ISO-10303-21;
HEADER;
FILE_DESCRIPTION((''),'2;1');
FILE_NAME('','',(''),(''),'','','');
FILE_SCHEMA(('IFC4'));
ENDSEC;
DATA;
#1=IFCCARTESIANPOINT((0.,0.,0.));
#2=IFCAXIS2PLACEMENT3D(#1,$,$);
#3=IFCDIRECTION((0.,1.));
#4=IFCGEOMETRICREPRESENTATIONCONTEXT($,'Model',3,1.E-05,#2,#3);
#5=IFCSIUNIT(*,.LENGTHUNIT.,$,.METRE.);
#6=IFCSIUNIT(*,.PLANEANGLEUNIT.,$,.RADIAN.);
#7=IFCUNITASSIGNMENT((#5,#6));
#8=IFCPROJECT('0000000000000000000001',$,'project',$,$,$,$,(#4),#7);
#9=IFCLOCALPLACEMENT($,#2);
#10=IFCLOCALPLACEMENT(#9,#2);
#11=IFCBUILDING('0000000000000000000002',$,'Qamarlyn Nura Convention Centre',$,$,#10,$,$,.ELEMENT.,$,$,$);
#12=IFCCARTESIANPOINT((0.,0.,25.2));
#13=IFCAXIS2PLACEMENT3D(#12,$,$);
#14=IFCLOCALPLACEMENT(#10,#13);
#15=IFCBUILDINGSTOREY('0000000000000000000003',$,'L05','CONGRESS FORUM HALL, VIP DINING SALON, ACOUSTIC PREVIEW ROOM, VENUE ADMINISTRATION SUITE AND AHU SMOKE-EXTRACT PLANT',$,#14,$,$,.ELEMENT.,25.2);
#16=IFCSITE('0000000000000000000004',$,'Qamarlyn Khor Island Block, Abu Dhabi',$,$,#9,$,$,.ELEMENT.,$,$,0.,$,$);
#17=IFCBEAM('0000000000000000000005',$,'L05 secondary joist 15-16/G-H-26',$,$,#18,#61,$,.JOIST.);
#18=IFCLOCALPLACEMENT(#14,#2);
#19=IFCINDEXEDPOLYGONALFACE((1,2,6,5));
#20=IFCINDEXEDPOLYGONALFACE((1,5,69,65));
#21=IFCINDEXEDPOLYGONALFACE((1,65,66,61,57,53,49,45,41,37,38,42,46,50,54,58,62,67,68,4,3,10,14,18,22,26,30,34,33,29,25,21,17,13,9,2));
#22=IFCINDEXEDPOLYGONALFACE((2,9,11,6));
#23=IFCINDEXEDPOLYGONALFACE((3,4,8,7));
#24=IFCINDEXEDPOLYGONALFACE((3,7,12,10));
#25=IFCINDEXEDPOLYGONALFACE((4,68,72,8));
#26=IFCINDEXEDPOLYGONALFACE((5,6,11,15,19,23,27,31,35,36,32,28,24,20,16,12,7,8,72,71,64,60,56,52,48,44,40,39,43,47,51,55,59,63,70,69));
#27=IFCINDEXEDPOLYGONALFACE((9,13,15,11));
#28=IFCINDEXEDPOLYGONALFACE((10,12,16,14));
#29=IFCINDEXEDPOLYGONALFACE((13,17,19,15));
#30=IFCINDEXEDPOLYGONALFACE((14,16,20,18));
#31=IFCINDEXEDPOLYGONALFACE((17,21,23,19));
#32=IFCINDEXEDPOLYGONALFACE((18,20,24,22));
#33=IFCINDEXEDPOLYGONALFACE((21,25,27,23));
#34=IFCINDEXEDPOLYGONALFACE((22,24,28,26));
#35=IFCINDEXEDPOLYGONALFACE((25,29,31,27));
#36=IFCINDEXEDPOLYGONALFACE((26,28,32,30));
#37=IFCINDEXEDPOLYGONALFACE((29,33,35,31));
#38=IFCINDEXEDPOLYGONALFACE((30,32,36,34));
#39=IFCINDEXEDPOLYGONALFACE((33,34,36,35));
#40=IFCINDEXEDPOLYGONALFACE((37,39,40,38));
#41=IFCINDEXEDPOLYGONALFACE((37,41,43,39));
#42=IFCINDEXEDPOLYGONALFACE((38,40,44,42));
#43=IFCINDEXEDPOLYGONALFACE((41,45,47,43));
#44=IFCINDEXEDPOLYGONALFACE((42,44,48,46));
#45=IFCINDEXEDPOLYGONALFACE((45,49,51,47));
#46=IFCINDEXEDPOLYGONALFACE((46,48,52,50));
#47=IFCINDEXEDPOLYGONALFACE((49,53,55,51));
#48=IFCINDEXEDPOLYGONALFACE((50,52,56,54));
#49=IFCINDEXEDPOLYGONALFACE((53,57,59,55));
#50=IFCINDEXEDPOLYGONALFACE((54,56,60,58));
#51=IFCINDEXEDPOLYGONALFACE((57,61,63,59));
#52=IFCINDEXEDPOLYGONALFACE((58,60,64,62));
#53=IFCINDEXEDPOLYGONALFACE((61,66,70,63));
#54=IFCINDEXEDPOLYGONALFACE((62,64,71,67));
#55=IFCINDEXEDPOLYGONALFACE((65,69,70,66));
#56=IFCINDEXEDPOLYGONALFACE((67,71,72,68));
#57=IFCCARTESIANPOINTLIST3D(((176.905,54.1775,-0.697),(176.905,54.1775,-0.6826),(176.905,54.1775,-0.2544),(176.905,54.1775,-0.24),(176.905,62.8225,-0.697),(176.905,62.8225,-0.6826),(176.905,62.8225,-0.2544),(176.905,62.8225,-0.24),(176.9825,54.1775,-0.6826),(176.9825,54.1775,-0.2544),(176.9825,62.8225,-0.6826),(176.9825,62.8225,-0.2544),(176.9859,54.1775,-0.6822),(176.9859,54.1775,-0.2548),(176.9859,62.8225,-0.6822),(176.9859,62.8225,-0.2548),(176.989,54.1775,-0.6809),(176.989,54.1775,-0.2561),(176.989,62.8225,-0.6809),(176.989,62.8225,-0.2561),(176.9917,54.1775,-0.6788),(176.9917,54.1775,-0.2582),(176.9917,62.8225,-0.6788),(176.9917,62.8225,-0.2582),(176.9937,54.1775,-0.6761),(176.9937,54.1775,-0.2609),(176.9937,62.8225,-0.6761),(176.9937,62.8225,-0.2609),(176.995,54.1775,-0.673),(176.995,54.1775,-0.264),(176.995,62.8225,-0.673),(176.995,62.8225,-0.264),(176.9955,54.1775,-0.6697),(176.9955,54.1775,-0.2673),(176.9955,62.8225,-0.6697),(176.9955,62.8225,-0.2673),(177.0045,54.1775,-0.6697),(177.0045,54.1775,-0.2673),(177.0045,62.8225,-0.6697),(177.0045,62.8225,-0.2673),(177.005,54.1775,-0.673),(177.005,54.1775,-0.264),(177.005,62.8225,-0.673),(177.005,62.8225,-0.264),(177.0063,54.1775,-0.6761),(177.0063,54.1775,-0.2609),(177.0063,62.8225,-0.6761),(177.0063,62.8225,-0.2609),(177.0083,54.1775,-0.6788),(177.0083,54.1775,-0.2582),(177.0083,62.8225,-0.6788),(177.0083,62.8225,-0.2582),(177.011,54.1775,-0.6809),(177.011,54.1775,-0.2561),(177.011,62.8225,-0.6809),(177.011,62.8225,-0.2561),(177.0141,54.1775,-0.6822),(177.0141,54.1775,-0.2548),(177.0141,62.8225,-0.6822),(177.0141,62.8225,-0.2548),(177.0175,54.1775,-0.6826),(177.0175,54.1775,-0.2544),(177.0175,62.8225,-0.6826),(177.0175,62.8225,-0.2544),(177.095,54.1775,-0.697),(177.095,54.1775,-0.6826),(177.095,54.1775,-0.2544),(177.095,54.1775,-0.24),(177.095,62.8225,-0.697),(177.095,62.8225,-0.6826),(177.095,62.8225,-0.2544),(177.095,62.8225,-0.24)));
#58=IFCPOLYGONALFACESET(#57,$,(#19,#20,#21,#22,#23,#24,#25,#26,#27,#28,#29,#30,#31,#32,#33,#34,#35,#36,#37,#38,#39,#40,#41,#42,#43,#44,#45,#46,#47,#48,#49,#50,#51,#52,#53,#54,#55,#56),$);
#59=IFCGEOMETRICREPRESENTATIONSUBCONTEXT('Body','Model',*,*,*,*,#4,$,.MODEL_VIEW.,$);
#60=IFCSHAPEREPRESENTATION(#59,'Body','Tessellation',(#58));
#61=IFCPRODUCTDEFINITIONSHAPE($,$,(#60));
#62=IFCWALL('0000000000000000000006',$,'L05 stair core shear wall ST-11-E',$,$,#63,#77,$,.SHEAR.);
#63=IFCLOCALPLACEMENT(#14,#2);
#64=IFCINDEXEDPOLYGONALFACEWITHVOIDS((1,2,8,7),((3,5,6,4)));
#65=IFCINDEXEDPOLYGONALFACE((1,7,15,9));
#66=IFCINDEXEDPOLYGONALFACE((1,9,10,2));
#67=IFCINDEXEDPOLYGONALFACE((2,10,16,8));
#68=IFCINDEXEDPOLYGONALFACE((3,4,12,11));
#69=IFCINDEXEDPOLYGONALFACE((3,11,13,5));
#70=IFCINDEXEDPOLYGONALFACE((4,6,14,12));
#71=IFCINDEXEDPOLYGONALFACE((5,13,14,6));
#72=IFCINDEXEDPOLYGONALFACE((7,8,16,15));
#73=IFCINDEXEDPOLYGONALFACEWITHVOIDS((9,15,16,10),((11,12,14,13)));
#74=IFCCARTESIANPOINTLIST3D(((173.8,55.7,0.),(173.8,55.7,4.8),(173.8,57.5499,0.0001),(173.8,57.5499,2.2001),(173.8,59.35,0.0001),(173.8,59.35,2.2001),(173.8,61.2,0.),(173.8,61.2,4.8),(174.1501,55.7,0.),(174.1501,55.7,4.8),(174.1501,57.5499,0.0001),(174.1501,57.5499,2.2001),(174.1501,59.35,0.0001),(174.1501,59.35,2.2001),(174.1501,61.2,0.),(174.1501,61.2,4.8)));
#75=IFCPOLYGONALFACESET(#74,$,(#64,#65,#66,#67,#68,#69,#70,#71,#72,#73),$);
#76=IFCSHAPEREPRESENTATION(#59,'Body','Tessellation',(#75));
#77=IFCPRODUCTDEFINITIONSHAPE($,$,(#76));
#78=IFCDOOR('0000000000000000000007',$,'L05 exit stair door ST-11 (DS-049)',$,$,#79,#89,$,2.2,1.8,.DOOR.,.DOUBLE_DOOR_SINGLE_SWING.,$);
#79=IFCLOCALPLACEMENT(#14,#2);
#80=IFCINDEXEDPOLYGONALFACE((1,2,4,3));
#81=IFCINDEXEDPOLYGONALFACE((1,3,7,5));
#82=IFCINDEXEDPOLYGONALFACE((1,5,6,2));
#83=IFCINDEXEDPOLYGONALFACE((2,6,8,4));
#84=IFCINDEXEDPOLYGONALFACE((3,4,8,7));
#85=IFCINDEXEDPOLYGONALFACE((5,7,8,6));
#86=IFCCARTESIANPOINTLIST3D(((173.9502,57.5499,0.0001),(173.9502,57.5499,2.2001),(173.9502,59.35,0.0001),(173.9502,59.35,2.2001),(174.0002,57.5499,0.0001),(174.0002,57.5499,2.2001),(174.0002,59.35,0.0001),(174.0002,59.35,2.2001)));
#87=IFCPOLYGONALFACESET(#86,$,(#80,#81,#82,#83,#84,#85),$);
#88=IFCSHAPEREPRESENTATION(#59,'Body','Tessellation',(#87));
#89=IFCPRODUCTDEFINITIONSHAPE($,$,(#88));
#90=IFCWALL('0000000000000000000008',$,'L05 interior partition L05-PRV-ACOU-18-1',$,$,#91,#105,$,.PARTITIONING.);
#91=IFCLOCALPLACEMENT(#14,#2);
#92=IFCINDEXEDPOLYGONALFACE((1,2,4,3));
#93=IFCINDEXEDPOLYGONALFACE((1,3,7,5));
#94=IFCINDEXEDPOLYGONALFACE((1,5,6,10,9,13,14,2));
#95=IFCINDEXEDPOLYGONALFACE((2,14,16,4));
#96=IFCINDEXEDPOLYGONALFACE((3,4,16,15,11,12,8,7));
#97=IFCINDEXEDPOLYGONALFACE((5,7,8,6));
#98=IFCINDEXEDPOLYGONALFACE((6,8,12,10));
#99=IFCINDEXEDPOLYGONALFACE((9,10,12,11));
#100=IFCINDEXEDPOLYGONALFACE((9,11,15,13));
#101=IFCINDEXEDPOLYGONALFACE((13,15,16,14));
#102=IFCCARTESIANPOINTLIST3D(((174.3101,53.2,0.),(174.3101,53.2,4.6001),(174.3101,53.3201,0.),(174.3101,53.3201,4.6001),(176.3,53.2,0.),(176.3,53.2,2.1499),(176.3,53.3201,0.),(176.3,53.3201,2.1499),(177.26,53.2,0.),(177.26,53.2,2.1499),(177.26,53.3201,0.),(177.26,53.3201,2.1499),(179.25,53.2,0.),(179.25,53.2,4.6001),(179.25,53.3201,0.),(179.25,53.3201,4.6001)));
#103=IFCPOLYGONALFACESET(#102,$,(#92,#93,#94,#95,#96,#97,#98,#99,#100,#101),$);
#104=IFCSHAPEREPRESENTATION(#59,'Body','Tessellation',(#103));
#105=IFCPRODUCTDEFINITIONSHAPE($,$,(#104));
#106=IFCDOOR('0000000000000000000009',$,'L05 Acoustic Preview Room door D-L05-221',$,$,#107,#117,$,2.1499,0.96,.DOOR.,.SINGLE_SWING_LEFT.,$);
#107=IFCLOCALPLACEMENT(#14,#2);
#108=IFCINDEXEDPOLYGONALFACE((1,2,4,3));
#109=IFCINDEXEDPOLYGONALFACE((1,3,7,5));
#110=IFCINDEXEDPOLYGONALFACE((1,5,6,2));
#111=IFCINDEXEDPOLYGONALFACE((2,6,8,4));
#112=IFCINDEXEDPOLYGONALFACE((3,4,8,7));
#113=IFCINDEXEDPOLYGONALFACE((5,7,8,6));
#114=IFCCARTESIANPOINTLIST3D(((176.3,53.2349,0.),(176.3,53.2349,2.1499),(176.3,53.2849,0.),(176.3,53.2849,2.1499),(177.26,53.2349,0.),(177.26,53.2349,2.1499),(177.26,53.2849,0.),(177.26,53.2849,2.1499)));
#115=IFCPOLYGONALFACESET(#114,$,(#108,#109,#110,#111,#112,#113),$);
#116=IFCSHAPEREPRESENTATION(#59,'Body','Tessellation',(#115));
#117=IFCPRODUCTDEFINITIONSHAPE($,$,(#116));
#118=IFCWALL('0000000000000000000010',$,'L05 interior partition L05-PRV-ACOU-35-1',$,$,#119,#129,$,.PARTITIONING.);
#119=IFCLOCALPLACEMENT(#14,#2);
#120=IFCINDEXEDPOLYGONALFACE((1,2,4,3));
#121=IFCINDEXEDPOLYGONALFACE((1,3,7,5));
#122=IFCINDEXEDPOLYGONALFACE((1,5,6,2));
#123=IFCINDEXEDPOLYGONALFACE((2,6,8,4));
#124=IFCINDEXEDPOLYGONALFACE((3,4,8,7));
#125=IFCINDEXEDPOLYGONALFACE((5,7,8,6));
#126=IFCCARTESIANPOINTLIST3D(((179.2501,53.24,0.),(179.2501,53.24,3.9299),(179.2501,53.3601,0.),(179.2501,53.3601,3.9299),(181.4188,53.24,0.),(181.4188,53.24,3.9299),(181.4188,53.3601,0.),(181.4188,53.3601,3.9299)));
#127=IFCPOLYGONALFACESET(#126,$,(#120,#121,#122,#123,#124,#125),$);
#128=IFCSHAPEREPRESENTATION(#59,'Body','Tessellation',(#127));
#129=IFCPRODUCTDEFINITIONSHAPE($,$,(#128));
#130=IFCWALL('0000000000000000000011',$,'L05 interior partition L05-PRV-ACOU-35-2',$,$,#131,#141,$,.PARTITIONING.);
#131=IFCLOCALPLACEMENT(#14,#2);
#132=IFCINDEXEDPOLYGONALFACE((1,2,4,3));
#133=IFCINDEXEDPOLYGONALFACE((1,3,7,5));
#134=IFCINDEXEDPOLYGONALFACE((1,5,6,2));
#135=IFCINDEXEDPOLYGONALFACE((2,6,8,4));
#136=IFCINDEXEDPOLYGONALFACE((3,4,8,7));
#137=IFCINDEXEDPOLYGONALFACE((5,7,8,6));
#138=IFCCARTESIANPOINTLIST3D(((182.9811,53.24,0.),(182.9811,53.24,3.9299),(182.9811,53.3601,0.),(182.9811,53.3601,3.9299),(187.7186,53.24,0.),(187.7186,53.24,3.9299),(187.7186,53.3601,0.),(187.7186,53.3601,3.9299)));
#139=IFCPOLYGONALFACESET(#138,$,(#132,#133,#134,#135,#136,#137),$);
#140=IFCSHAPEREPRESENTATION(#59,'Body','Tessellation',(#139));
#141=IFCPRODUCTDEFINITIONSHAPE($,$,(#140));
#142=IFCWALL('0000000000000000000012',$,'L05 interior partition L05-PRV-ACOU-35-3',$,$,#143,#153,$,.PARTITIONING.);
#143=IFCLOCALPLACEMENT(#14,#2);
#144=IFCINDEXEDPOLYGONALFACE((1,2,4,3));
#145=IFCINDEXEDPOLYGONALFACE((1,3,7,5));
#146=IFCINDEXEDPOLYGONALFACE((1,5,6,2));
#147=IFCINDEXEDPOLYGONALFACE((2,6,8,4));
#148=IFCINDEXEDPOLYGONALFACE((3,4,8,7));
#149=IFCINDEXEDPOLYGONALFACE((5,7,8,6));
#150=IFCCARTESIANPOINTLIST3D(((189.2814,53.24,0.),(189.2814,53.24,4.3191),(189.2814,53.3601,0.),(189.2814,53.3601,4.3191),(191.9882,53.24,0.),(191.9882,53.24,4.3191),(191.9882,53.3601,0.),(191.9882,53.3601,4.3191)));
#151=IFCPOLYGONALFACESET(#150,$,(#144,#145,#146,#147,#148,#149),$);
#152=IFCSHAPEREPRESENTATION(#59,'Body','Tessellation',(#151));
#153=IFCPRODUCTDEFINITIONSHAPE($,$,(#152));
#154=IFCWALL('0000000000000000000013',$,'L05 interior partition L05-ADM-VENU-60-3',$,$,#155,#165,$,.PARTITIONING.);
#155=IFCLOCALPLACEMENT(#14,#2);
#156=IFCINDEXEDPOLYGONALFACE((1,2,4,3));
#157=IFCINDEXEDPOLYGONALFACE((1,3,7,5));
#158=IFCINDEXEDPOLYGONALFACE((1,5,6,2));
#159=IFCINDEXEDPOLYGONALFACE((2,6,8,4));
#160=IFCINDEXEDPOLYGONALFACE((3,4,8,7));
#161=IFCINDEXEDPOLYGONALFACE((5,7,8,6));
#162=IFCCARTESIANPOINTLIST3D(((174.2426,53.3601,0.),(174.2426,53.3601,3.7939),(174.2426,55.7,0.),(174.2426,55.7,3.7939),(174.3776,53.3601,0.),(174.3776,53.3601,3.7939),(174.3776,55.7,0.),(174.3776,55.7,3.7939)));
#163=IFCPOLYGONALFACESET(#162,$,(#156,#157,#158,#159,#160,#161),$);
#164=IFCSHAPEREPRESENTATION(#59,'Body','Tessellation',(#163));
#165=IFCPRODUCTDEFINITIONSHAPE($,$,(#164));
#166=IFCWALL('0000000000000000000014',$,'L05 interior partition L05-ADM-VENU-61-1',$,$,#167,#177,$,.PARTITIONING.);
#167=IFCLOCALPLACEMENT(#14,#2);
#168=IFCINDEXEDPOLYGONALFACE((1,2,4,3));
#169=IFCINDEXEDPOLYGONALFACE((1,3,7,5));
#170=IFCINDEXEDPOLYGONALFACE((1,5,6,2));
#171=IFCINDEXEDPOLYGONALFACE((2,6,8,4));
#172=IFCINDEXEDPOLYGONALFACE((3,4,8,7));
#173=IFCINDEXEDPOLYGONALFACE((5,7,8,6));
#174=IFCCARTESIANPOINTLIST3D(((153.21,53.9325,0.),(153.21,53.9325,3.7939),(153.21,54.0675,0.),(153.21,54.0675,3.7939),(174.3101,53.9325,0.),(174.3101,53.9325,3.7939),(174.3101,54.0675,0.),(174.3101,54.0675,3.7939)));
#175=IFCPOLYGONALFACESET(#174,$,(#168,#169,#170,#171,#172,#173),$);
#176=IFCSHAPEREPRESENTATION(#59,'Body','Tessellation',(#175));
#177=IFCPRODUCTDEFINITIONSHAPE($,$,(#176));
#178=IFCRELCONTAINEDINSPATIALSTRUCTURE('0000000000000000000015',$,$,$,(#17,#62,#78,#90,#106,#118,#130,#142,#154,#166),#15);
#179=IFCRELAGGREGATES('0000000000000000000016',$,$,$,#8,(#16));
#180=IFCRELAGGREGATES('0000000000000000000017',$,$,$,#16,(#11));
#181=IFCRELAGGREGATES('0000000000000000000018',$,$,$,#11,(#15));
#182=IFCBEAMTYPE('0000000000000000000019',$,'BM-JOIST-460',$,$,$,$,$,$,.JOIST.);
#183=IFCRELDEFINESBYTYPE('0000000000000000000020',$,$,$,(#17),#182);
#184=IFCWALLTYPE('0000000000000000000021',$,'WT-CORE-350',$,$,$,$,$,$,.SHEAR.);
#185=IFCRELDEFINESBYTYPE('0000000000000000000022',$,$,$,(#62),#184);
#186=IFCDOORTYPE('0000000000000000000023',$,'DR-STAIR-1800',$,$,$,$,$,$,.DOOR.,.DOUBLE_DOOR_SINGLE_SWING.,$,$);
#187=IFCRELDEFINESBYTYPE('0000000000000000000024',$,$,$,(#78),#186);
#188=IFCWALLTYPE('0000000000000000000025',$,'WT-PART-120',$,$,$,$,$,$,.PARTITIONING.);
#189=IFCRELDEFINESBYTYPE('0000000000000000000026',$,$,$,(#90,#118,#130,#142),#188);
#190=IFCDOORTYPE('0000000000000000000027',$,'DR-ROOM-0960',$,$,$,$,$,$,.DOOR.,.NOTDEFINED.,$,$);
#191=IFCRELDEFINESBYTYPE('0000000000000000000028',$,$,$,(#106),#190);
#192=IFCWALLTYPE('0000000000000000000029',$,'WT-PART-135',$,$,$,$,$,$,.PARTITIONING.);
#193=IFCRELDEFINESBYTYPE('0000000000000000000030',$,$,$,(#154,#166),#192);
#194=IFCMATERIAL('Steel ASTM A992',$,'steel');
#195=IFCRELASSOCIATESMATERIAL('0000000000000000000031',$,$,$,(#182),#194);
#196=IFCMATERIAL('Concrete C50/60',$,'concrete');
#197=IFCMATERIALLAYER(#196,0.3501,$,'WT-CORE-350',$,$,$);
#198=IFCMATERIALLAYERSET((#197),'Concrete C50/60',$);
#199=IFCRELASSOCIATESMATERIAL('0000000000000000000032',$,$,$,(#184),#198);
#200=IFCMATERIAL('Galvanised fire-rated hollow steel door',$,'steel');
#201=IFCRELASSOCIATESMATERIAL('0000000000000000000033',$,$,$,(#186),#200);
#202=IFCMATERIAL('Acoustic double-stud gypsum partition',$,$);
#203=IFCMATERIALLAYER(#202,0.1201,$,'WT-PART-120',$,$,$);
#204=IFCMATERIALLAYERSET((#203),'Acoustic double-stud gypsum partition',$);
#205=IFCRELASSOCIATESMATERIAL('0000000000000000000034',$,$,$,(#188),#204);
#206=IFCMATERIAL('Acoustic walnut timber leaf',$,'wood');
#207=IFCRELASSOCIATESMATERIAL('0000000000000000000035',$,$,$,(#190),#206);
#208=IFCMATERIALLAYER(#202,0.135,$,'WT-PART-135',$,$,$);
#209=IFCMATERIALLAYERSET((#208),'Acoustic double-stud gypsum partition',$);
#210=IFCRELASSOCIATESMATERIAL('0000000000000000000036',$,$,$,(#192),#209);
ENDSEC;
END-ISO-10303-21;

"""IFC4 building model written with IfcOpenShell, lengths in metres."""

from ifc_helpers import new_model, si_unit, direction, frame, frame_2d, origin, origin_2d, place, context, subcontext, project, spatial, rectangle, i_section, extrude, material, layer, layer_set, material_profile, profile_set, type_object, element, fill, save


model = new_model("IFC4")

# Units and contexts
model_context = context("Model", 3, precision=1e-05, world=origin(), true_north=direction((0.0, 1.0)))
body_context = subcontext(model_context, "Body", "Model", "MODEL_VIEW")
ifc_project = project(units=[si_unit("LENGTHUNIT", "METRE"), si_unit("PLANEANGLEUNIT", "RADIAN")], contexts=[model_context])

# Site, building, storey
site_placement = place(None, origin())
site = spatial("IfcSite", under=ifc_project, at=site_placement, Name="Qamarlyn Khor Island Block, Abu Dhabi", CompositionType="ELEMENT", RefElevation=0.0)
building_placement = place(site_placement, origin())
building = spatial("IfcBuilding", under=site, at=building_placement, Name="Qamarlyn Nura Convention Centre", CompositionType="ELEMENT")
storey_placement = place(building_placement, frame((0.0, 0.0, 25.2)))
storey = spatial("IfcBuildingStorey", under=building, at=storey_placement, Name="L05", Description="CONGRESS FORUM HALL, VIP DINING SALON, ACOUSTIC PREVIEW ROOM, VENUE ADMINISTRATION SUITE AND AHU SMOKE-EXTRACT PLANT", CompositionType="ELEMENT", Elevation=25.2)

# Shared definitions
ifc_material_1 = material(Name="Steel ASTM A992", Category="steel")

# Beam
ifc_material_profile_1 = material_profile(ifc_material_1, i_section(OverallWidth=0.1899, OverallDepth=0.457, WebThickness=0.009, FlangeThickness=0.0144, FilletRadius=0.0129, at=origin_2d()), Name="W460X74")
ifc_profile_set_1 = profile_set([ifc_material_profile_1], Name="Steel ASTM A992")
beam_type_1 = type_object("IfcBeamType", Name="BM-JOIST-460", PredefinedType="JOIST", material=ifc_profile_set_1)
for number, where, z_axis, x_axis, name in (
    (1, (177.0, 54.1775, -0.4685), (0.0, 1.0, 0.0), (-1.0, 0.0, 0.0), "L05 secondary joist 15-16/G-H-26"),
):
    element("IfcBeam", number, at=place(storey_placement, frame(where, z_axis=z_axis, x_axis=x_axis)), inside=storey, type_object=beam_type_1, Name=name, PredefinedType="JOIST", context=body_context, shape_type="SweptSolid", body=[
        extrude(i_section(OverallWidth=0.1899, OverallDepth=0.457, WebThickness=0.009, FlangeThickness=0.0144, FilletRadius=0.0129, at=origin_2d()), origin(), (0.0, 0.0, 1.0), 8.645),
    ])

# Walls, openings, doors
ifc_material_2 = material(Name="Concrete C50/60", Category="concrete")
ifc_layer_1 = layer(ifc_material_2, 0.3501, Name="WT-CORE-350")
ifc_layer_set_1 = layer_set([ifc_layer_1], Name="Concrete C50/60")
wall_type_1 = type_object("IfcWallType", Name="WT-CORE-350", PredefinedType="SHEAR", material=ifc_layer_set_1)
wall_1_placement = place(storey_placement, frame((173.9751, 55.7, 0.0), z_axis=(0.0, 0.0, 1.0), x_axis=(0.0, 1.0, 0.0)))
wall_1 = element("IfcWall", 2, at=wall_1_placement, inside=storey, type_object=wall_type_1, Name="L05 stair core shear wall ST-11-E", PredefinedType="SHEAR", context=body_context, shape_type="SweptSolid", body=[
    extrude(rectangle(XDim=5.5, YDim=0.3501, at=frame_2d((2.75, 0.0))), origin(), (0.0, 0.0, 1.0), 4.8),
])
opening_1_placement = place(wall_1_placement, frame((1.8501, 0.0, 0.0)))
opening_1 = element("IfcOpeningElement", 3, at=opening_1_placement, cuts=wall_1, PredefinedType="OPENING", context=body_context, shape_type="SweptSolid", body=[
    extrude(rectangle(XDim=1.8, YDim=2.2, at=frame_2d((0.8999, 1.1001))), frame((0.0, 0.1851, 0.0), z_axis=(0.0, -1.0, 0.0), x_axis=(1.0, 0.0, 0.0)), (0.0, 0.0, 1.0), 0.3701),
])
ifc_material_3 = material(Name="Galvanised fire-rated hollow steel door", Category="steel")
door_type_1 = type_object("IfcDoorType", Name="DR-STAIR-1800", OperationType="DOUBLE_DOOR_SINGLE_SWING", PredefinedType="DOOR", material=ifc_material_3)
door_1_placement = place(opening_1_placement, origin())
door_1 = element("IfcDoor", 4, at=door_1_placement, inside=storey, type_object=door_type_1, Name="L05 exit stair door ST-11 (DS-049)", OperationType="DOUBLE_DOOR_SINGLE_SWING", OverallHeight=2.2, OverallWidth=1.8, PredefinedType="DOOR", context=body_context, shape_type="SweptSolid", body=[
    extrude(rectangle(XDim=1.8, YDim=2.2, at=frame_2d((0.8999, 1.1001))), frame((0.0, 0.0249, 0.0), z_axis=(0.0, -1.0, 0.0), x_axis=(1.0, 0.0, 0.0)), (0.0, 0.0, 1.0), 0.05),
])
fill(opening_1, door_1)
ifc_material_4 = material(Name="Acoustic double-stud gypsum partition")
ifc_layer_2 = layer(ifc_material_4, 0.1201, Name="WT-PART-120")
ifc_layer_set_2 = layer_set([ifc_layer_2], Name="Acoustic double-stud gypsum partition")
wall_type_2 = type_object("IfcWallType", Name="WT-PART-120", PredefinedType="PARTITIONING", material=ifc_layer_set_2)
wall_2_placement = place(storey_placement, frame((174.3101, 53.26, 0.0), z_axis=(0.0, 0.0, 1.0), x_axis=(1.0, 0.0, 0.0)))
wall_2 = element("IfcWall", 5, at=wall_2_placement, inside=storey, type_object=wall_type_2, Name="L05 interior partition L05-PRV-ACOU-18-1", PredefinedType="PARTITIONING", context=body_context, shape_type="SweptSolid", body=[
    extrude(rectangle(XDim=4.9399, YDim=0.1201, at=frame_2d((2.47, 0.0))), origin(), (0.0, 0.0, 1.0), 4.6001),
])
opening_2_placement = place(wall_2_placement, frame((1.99, 0.0, 0.0)))
opening_2 = element("IfcOpeningElement", 6, at=opening_2_placement, cuts=wall_2, PredefinedType="OPENING", context=body_context, shape_type="SweptSolid", body=[
    extrude(rectangle(XDim=0.96, YDim=2.1499, at=frame_2d((0.48, 1.075))), frame((0.0, 0.0701, 0.0), z_axis=(0.0, -1.0, 0.0), x_axis=(1.0, 0.0, 0.0)), (0.0, 0.0, 1.0), 0.1401),
])
ifc_material_5 = material(Name="Acoustic walnut timber leaf", Category="wood")
door_type_2 = type_object("IfcDoorType", Name="DR-ROOM-0960", OperationType="NOTDEFINED", PredefinedType="DOOR", material=ifc_material_5)
door_2_placement = place(opening_2_placement, origin())
door_2 = element("IfcDoor", 7, at=door_2_placement, inside=storey, type_object=door_type_2, Name="L05 Acoustic Preview Room door D-L05-221", OperationType="SINGLE_SWING_LEFT", OverallHeight=2.1499, OverallWidth=0.96, PredefinedType="DOOR", context=body_context, shape_type="SweptSolid", body=[
    extrude(rectangle(XDim=0.96, YDim=2.1499, at=frame_2d((0.48, 1.075))), frame((0.0, 0.0249, 0.0), z_axis=(0.0, -1.0, 0.0), x_axis=(1.0, 0.0, 0.0)), (0.0, 0.0, 1.0), 0.05),
])
fill(opening_2, door_2)

# Walls
wall_3_placement = place(storey_placement, frame((179.25, 53.3, 0.0), z_axis=(0.0, 0.0, 1.0), x_axis=(1.0, 0.0, 0.0)))
element("IfcWall", 8, at=wall_3_placement, inside=storey, type_object=wall_type_2, Name="L05 interior partition L05-PRV-ACOU-35-1", PredefinedType="PARTITIONING", context=body_context, shape_type="SweptSolid", body=[
    extrude(rectangle(XDim=2.1687, YDim=0.1201, at=frame_2d((1.0845, 0.0))), origin(), (0.0, 0.0, 1.0), 3.9299),
])
wall_4_placement = place(storey_placement, frame((182.9812, 53.3, 0.0), z_axis=(0.0, 0.0, 1.0), x_axis=(1.0, 0.0, 0.0)))
element("IfcWall", 9, at=wall_4_placement, inside=storey, type_object=wall_type_2, Name="L05 interior partition L05-PRV-ACOU-35-2", PredefinedType="PARTITIONING", context=body_context, shape_type="SweptSolid", body=[
    extrude(rectangle(XDim=4.7375, YDim=0.1201, at=frame_2d((2.3687, 0.0))), origin(), (0.0, 0.0, 1.0), 3.9299),
])
wall_5_placement = place(storey_placement, frame((189.2812, 53.3, 0.0), z_axis=(0.0, 0.0, 1.0), x_axis=(1.0, 0.0, 0.0)))
element("IfcWall", 10, at=wall_5_placement, inside=storey, type_object=wall_type_2, Name="L05 interior partition L05-PRV-ACOU-35-3", PredefinedType="PARTITIONING", context=body_context, shape_type="SweptSolid", body=[
    extrude(rectangle(XDim=2.7068, YDim=0.1201, at=frame_2d((1.3535, 0.0))), origin(), (0.0, 0.0, 1.0), 4.3191),
])
ifc_layer_3 = layer(ifc_material_4, 0.135, Name="WT-PART-135")
ifc_layer_set_3 = layer_set([ifc_layer_3], Name="Acoustic double-stud gypsum partition")
wall_type_3 = type_object("IfcWallType", Name="WT-PART-135", PredefinedType="PARTITIONING", material=ifc_layer_set_3)
wall_6_placement = place(storey_placement, frame((174.3101, 55.7, 0.0), z_axis=(0.0, 0.0, 1.0), x_axis=(0.0, -1.0, 0.0)))
element("IfcWall", 11, at=wall_6_placement, inside=storey, type_object=wall_type_3, Name="L05 interior partition L05-ADM-VENU-60-3", PredefinedType="PARTITIONING", context=body_context, shape_type="SweptSolid", body=[
    extrude(rectangle(XDim=2.3398, YDim=0.135, at=frame_2d((1.1699, 0.0))), origin(), (0.0, 0.0, 1.0), 3.7939),
])
wall_7_placement = place(storey_placement, frame((174.3101, 54.0, 0.0), z_axis=(0.0, 0.0, 1.0), x_axis=(-1.0, 0.0, 0.0)))
element("IfcWall", 12, at=wall_7_placement, inside=storey, type_object=wall_type_3, Name="L05 interior partition L05-ADM-VENU-61-1", PredefinedType="PARTITIONING", context=body_context, shape_type="SweptSolid", body=[
    extrude(rectangle(XDim=21.1001, YDim=0.135, at=frame_2d((10.55, 0.0))), origin(), (0.0, 0.0, 1.0), 3.7939),
])

save(model, "model.ifc")
